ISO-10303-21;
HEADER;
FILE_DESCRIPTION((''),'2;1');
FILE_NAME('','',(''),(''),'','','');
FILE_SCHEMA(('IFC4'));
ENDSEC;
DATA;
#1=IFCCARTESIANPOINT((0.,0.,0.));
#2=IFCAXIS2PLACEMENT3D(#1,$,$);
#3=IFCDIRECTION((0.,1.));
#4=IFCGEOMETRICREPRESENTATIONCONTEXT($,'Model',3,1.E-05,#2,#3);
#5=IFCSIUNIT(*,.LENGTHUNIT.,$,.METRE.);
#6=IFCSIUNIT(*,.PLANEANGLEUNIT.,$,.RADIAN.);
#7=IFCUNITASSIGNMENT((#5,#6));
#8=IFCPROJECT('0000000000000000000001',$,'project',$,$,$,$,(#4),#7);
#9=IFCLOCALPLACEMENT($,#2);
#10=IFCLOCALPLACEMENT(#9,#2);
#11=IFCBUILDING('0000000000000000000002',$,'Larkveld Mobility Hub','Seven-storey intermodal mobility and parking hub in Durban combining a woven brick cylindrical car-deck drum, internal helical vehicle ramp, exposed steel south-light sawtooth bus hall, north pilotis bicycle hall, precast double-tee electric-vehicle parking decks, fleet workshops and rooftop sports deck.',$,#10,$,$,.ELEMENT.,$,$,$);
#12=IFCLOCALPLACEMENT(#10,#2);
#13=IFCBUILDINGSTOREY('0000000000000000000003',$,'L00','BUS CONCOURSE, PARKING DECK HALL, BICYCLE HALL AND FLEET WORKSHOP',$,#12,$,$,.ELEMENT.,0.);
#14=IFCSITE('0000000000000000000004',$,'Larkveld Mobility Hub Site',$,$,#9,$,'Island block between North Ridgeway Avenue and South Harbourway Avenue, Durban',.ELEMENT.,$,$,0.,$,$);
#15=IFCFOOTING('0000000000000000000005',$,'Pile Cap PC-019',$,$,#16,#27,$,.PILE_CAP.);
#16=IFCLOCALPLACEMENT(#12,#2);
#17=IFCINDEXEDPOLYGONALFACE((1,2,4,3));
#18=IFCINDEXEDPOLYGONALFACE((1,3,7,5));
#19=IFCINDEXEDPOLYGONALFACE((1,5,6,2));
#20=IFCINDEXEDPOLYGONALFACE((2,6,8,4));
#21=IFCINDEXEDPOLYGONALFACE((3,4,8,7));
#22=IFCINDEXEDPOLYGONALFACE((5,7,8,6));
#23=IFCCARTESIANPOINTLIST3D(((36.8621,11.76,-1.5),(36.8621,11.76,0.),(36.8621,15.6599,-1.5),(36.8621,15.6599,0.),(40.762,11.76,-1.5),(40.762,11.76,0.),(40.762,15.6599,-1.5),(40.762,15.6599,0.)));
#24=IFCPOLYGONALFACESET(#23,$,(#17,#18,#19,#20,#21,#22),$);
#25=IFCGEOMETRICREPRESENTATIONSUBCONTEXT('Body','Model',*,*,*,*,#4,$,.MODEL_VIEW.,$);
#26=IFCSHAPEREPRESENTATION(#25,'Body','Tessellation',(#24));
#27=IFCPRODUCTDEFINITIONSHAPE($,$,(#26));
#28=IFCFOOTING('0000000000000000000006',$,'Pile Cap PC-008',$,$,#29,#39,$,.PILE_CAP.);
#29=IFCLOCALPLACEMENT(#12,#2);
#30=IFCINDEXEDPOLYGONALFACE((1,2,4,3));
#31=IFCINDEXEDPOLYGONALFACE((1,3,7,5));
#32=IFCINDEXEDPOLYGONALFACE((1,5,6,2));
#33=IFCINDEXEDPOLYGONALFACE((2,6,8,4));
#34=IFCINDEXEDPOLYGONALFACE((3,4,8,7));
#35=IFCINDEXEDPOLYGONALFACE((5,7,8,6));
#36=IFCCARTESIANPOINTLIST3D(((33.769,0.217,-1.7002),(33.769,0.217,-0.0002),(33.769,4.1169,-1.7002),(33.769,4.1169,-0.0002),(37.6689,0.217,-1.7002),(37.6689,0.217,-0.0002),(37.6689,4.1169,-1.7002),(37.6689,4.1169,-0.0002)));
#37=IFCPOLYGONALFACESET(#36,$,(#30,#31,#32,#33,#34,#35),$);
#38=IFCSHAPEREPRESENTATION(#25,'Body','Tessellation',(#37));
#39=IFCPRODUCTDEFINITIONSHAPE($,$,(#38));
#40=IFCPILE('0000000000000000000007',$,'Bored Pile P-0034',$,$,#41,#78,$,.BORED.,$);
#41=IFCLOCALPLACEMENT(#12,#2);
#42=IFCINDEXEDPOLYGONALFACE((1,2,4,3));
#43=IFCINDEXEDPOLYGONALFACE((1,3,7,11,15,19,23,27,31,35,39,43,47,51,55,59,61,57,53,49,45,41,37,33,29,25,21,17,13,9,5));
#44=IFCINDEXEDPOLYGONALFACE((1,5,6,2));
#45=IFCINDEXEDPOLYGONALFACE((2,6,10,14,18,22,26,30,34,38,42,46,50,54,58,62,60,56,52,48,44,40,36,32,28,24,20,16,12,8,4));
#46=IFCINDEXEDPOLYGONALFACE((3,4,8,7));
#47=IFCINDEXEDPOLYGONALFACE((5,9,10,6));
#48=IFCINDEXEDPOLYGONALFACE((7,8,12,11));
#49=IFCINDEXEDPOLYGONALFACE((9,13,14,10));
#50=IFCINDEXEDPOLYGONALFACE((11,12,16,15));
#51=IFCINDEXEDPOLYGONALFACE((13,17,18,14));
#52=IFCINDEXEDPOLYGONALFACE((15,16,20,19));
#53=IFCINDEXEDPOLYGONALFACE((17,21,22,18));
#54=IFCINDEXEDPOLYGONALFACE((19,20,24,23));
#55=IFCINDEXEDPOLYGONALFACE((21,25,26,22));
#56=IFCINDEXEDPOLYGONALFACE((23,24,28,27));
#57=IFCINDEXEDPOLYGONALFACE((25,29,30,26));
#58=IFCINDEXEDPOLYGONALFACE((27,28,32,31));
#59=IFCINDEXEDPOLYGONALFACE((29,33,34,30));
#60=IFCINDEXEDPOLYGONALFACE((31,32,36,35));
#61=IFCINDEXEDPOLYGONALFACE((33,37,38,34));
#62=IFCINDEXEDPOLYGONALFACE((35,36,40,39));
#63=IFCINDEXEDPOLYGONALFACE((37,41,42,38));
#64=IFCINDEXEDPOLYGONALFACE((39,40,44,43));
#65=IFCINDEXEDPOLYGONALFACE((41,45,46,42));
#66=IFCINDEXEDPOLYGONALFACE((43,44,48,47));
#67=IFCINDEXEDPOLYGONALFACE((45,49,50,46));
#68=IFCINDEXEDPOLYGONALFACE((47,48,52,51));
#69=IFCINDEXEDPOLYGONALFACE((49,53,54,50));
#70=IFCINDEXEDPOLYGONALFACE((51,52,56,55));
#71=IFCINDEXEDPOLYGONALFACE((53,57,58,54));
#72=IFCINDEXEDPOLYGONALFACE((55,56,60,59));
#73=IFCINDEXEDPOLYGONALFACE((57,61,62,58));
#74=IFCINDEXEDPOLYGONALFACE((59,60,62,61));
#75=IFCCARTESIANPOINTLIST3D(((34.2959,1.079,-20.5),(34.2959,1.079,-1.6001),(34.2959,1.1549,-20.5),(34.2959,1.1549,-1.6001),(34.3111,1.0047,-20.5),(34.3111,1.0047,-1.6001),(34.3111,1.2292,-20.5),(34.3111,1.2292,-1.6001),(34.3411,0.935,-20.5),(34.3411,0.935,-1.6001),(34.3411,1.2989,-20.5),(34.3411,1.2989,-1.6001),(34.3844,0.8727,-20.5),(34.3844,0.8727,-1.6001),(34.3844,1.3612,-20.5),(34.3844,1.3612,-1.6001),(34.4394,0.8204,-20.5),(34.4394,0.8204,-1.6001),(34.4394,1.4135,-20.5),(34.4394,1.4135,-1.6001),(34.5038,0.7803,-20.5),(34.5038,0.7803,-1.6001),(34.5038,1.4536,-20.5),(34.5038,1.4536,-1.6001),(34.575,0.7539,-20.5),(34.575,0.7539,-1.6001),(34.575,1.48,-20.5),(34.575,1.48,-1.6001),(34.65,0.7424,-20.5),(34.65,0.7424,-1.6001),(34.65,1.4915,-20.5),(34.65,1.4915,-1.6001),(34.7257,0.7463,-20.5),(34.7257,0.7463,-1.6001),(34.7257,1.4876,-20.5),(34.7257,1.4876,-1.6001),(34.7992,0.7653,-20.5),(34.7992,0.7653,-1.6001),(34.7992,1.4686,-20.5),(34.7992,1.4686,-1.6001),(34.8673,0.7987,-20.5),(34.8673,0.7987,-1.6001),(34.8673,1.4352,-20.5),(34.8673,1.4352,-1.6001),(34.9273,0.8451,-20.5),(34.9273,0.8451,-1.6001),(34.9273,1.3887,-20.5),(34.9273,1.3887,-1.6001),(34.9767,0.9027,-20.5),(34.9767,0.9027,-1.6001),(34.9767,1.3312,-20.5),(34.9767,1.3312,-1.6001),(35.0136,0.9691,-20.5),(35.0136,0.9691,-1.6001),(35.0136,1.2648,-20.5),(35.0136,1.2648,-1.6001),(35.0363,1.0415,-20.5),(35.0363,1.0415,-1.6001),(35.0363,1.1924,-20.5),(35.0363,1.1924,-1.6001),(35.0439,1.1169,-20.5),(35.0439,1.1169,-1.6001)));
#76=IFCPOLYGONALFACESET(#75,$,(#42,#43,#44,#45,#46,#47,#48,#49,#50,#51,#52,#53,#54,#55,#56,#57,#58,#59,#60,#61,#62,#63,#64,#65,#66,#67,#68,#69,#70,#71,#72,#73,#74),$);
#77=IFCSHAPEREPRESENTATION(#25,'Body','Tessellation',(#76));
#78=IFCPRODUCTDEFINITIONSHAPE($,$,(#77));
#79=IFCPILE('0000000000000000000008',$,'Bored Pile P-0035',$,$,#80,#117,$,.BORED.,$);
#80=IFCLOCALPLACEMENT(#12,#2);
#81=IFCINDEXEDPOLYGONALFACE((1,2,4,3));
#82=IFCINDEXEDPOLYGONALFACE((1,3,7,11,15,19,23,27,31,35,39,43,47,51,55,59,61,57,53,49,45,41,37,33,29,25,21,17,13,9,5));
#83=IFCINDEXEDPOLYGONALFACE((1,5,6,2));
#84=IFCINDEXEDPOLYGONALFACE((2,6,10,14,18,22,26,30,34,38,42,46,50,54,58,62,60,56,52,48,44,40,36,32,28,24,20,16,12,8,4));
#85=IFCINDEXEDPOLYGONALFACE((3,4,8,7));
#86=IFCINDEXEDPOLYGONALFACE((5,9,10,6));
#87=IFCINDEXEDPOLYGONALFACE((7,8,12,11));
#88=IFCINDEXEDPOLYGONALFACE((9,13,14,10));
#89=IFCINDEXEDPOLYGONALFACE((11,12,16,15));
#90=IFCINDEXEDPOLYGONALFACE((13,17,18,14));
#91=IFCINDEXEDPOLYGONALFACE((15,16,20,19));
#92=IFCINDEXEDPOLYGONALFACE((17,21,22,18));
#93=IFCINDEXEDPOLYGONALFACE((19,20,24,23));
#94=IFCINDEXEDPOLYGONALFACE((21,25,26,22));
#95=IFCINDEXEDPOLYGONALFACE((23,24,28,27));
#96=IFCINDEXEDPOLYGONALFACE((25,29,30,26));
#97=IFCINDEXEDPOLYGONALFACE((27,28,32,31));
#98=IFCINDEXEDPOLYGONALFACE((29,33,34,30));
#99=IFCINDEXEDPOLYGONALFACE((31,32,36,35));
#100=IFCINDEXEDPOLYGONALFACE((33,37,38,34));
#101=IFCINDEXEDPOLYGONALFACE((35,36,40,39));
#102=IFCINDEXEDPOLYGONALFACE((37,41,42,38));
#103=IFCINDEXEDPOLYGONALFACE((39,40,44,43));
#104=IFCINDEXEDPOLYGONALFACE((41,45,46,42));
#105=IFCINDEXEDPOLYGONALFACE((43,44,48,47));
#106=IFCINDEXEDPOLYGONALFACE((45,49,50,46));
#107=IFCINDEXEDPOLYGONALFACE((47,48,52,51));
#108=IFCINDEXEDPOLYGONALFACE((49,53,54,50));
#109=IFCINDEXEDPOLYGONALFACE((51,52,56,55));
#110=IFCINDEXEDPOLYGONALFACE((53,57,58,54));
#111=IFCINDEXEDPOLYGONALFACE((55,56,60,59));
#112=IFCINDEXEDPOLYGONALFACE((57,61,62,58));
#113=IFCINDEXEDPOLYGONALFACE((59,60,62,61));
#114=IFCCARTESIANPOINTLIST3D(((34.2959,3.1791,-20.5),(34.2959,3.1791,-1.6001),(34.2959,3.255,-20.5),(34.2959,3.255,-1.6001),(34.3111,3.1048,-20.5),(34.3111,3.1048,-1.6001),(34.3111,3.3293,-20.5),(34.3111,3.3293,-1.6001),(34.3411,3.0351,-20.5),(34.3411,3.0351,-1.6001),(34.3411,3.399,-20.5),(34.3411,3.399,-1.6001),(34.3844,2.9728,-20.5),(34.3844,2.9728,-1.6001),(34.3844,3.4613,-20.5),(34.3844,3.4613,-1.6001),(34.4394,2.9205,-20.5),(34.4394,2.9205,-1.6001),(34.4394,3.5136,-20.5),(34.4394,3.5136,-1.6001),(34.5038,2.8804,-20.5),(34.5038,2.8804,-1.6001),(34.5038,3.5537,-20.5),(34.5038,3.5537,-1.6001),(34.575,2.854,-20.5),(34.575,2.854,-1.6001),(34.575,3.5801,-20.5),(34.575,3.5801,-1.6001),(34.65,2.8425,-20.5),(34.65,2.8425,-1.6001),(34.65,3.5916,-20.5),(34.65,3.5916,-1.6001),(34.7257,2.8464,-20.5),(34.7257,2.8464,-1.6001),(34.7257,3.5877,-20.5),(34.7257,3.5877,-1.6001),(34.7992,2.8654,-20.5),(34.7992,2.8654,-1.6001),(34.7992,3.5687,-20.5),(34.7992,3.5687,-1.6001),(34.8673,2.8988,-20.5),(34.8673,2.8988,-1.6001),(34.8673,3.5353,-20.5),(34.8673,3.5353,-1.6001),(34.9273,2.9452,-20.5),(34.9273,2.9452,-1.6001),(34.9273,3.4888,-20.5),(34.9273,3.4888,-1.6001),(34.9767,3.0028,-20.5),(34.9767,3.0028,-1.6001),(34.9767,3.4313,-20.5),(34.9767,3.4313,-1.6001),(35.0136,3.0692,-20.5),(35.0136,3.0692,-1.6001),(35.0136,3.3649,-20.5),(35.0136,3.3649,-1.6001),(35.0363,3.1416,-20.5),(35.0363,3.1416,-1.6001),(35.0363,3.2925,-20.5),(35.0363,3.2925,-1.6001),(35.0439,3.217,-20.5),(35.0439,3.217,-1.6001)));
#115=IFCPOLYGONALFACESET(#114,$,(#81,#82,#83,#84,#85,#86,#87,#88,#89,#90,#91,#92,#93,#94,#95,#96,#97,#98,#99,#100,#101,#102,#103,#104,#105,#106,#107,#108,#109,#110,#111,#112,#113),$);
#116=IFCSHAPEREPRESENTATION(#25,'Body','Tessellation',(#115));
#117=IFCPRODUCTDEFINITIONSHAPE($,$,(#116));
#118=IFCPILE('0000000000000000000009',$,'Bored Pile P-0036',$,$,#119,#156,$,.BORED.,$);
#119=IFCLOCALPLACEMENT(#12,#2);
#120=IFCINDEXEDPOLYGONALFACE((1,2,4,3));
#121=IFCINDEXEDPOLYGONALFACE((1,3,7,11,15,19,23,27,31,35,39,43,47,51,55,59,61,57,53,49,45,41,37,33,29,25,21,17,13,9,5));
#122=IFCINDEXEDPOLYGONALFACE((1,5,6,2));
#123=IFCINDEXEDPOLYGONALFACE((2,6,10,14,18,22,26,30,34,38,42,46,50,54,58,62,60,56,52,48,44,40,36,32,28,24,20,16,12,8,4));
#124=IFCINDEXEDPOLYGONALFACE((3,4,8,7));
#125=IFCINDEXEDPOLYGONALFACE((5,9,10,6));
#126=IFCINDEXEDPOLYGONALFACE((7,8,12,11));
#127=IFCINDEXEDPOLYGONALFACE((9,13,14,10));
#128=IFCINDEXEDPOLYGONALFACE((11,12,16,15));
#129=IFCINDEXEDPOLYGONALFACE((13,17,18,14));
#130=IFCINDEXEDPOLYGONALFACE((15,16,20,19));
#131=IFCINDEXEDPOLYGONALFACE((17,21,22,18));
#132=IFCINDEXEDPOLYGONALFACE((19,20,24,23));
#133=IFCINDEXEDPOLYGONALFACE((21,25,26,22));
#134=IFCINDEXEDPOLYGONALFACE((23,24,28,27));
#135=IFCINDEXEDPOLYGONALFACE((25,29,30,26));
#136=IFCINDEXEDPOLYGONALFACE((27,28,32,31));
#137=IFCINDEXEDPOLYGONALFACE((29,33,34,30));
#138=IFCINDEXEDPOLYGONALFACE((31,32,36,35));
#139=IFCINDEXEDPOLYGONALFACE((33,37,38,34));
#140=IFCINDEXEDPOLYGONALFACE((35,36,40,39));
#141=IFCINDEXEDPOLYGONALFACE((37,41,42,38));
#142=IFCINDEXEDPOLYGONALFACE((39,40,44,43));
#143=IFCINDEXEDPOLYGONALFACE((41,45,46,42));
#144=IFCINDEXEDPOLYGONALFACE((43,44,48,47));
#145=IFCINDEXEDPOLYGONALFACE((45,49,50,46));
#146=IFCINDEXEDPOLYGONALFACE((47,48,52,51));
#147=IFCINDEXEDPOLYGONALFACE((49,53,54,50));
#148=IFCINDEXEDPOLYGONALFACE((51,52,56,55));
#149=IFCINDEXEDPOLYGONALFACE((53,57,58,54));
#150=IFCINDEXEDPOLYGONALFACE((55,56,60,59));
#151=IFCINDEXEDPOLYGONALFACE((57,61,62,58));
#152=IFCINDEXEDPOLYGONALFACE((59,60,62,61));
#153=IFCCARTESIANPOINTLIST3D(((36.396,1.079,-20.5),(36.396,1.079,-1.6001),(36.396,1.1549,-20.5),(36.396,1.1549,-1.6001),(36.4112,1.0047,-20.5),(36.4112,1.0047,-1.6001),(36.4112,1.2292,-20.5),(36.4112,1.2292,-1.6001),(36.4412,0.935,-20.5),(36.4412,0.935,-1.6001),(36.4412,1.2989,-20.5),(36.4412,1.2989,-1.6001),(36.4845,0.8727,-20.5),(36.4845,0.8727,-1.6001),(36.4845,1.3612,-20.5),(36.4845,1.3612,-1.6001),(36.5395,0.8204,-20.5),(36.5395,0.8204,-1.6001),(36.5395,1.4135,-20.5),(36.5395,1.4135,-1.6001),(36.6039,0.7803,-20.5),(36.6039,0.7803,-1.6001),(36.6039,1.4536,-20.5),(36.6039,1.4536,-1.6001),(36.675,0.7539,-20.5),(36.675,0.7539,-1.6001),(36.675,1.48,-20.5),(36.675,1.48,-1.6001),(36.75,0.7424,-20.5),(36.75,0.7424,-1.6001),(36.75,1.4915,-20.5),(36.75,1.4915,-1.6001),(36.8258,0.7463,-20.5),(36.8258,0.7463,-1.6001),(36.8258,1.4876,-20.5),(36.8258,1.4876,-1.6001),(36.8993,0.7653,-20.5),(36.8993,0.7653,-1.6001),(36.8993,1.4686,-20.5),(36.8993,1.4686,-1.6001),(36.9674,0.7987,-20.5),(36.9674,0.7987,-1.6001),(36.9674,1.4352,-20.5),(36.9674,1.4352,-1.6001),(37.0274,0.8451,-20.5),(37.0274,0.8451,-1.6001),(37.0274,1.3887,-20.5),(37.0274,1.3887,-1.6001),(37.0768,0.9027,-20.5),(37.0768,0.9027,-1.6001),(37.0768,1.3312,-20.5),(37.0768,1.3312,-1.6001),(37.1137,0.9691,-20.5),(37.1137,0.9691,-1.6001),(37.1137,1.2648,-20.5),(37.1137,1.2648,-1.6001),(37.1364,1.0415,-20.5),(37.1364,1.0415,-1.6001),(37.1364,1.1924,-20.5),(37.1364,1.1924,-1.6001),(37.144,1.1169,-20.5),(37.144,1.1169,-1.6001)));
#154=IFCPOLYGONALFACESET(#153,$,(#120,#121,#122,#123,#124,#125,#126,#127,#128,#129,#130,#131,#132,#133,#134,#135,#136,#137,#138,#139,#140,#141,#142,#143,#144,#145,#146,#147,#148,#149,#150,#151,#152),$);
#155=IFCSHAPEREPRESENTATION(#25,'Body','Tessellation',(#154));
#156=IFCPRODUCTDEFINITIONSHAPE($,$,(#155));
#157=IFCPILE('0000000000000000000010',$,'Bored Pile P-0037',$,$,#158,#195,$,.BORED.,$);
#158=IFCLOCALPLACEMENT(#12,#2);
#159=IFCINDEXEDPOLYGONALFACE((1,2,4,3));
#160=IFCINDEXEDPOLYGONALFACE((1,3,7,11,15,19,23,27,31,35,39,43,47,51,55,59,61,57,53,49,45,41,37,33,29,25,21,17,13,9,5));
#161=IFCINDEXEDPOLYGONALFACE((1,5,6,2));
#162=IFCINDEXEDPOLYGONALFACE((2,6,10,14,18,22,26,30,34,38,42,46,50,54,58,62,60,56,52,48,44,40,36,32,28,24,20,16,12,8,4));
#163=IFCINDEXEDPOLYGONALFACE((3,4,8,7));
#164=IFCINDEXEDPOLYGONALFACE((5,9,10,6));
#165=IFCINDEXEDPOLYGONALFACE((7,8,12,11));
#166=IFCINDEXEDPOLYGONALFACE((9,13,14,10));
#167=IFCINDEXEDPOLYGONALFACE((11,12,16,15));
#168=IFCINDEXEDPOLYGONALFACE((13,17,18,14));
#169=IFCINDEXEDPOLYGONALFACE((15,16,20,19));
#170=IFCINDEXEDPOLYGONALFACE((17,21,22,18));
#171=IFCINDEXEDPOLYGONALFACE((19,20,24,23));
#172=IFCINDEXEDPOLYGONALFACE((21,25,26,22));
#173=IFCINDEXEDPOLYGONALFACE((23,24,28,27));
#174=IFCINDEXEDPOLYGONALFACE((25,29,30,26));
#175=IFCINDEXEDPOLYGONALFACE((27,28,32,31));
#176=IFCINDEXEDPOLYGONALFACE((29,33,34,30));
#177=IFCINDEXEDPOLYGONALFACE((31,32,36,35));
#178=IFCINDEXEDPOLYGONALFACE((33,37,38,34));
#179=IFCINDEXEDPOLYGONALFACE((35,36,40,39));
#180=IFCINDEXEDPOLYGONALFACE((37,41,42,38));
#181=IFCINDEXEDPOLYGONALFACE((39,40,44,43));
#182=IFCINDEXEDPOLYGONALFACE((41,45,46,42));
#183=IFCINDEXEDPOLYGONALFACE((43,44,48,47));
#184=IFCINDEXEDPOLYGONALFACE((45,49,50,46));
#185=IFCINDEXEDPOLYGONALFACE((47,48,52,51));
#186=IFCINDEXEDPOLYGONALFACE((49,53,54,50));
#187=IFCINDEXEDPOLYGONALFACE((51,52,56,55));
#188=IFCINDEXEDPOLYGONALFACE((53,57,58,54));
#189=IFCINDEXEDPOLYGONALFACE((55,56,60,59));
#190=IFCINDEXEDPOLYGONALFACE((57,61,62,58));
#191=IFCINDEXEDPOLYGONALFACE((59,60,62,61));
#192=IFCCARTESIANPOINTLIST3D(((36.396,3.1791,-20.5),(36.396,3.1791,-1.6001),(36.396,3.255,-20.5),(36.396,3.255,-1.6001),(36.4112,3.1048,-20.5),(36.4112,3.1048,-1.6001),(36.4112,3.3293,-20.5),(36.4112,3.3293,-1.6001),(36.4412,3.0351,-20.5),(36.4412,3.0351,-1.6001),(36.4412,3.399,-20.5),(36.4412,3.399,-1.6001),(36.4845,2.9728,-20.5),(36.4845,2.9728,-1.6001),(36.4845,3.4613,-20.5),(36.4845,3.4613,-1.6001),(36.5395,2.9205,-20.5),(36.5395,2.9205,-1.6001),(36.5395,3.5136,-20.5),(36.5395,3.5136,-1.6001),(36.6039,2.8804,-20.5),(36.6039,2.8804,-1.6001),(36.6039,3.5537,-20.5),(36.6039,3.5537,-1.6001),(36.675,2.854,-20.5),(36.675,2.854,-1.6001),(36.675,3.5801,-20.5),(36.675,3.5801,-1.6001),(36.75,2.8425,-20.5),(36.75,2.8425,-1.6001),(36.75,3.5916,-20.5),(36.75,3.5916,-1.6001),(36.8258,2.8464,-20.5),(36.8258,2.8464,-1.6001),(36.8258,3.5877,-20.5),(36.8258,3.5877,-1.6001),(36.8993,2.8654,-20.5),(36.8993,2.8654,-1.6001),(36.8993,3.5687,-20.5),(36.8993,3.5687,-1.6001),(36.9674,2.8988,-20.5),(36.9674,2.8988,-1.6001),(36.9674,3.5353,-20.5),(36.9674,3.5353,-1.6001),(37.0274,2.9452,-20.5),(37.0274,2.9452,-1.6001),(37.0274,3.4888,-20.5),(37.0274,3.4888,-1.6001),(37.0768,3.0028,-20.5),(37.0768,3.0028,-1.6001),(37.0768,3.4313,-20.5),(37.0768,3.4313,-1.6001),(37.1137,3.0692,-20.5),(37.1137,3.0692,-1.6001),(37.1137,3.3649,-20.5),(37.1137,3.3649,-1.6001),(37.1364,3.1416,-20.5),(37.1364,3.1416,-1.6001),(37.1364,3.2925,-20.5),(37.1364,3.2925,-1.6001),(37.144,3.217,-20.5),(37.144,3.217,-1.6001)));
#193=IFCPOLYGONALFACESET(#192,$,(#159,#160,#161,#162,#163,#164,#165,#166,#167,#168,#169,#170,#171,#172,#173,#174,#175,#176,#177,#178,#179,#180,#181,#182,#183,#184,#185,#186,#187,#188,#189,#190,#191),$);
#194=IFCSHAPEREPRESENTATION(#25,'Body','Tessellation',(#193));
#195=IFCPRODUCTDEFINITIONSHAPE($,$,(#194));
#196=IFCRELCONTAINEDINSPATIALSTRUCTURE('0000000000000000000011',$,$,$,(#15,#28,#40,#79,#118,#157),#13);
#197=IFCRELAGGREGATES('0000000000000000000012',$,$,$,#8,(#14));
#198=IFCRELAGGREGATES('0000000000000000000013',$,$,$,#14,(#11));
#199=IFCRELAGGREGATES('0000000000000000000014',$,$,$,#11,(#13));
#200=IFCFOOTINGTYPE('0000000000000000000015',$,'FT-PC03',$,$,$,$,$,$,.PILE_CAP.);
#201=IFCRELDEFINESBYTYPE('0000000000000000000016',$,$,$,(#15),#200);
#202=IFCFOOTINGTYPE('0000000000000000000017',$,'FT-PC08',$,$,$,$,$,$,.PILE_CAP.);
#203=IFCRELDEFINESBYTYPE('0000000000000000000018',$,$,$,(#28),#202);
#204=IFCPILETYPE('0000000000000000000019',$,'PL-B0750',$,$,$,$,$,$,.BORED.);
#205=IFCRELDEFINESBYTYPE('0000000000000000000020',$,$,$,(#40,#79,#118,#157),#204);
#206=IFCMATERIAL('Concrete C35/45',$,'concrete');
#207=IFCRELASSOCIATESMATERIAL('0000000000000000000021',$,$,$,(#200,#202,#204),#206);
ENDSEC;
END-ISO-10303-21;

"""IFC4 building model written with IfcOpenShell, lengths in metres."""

from ifc_helpers import new_model, si_unit, direction, frame, origin, origin_2d, place, context, subcontext, project, spatial, rectangle, circle, extrude, material, material_profile, profile_set, type_object, element, save


model = new_model("IFC4")

# Units and contexts
model_context = context("Model", 3, precision=1e-05, world=origin(), true_north=direction((0.0, 1.0)))
body_context = subcontext(model_context, "Body", "Model", "MODEL_VIEW")
ifc_project = project(units=[si_unit("LENGTHUNIT", "METRE"), si_unit("PLANEANGLEUNIT", "RADIAN")], contexts=[model_context])

# Site, building, storey
site_placement = place(None, origin())
site = spatial("IfcSite", under=ifc_project, at=site_placement, Name="Larkveld Mobility Hub Site", LongName="Island block between North Ridgeway Avenue and South Harbourway Avenue, Durban", CompositionType="ELEMENT", RefElevation=0.0)
building_placement = place(site_placement, origin())
building = spatial("IfcBuilding", under=site, at=building_placement, Name="Larkveld Mobility Hub", Description="Seven-storey intermodal mobility and parking hub in Durban combining a woven brick cylindrical car-deck drum, internal helical vehicle ramp, exposed steel south-light sawtooth bus hall, north pilotis bicycle hall, precast double-tee electric-vehicle parking decks, fleet workshops and rooftop sports deck.", CompositionType="ELEMENT")
storey_placement = place(building_placement, origin())
storey = spatial("IfcBuildingStorey", under=building, at=storey_placement, Name="L00", Description="BUS CONCOURSE, PARKING DECK HALL, BICYCLE HALL AND FLEET WORKSHOP", CompositionType="ELEMENT", Elevation=0.0)

# Footings
ifc_material_1 = material(Name="Concrete C35/45", Category="concrete")
footing_type_1 = type_object("IfcFootingType", Name="FT-PC03", PredefinedType="PILE_CAP", material=ifc_material_1)
footing_1_placement = place(storey_placement, frame((38.812, 13.71, -1.5), z_axis=(0.0, 0.0, 1.0), x_axis=(1.0, 0.0, 0.0)))
element("IfcFooting", 1, at=footing_1_placement, inside=storey, type_object=footing_type_1, Name="Pile Cap PC-019", PredefinedType="PILE_CAP", context=body_context, shape_type="SweptSolid", body=[
    extrude(rectangle(XDim=3.8999, YDim=3.8999, at=origin_2d()), origin(), (0.0, 0.0, 1.0), 1.5),
])
footing_type_2 = type_object("IfcFootingType", Name="FT-PC08", PredefinedType="PILE_CAP", material=ifc_material_1)
footing_2_placement = place(storey_placement, frame((35.719, 2.167, -1.7002), z_axis=(0.0, 0.0, 1.0), x_axis=(1.0, 0.0, 0.0)))
element("IfcFooting", 2, at=footing_2_placement, inside=storey, type_object=footing_type_2, Name="Pile Cap PC-008", PredefinedType="PILE_CAP", context=body_context, shape_type="SweptSolid", body=[
    extrude(rectangle(XDim=3.8999, YDim=3.8999, at=origin_2d()), origin(), (0.0, 0.0, 1.0), 1.7),
])

# Piles
ifc_material_profile_1 = material_profile(ifc_material_1, circle(Radius=0.375, at=origin_2d()), Name="PILE D750")
ifc_profile_set_1 = profile_set([ifc_material_profile_1], Name="Concrete C35/45")
pile_type = type_object("IfcPileType", Name="PL-B0750", PredefinedType="BORED", material=ifc_profile_set_1)
for number, where, z_axis, x_axis, name in (
    (3, (34.6689, 1.1169, -1.6001), (0.0, 0.0, -1.0), (1.0, 0.0, 0.0), "Bored Pile P-0034"),
    (4, (34.6689, 3.217, -1.6001), (0.0, 0.0, -1.0), (1.0, 0.0, 0.0), "Bored Pile P-0035"),
    (5, (36.769, 1.1169, -1.6001), (0.0, 0.0, -1.0), (1.0, 0.0, 0.0), "Bored Pile P-0036"),
    (6, (36.769, 3.217, -1.6001), (0.0, 0.0, -1.0), (1.0, 0.0, 0.0), "Bored Pile P-0037"),
):
    element("IfcPile", number, at=place(storey_placement, frame(where, z_axis=z_axis, x_axis=x_axis)), inside=storey, type_object=pile_type, Name=name, PredefinedType="BORED", context=body_context, shape_type="SweptSolid", body=[
        extrude(circle(Radius=0.375, at=origin_2d()), origin(), (0.0, 0.0, 1.0), 18.8999),
    ])

save(model, "model.ifc")
